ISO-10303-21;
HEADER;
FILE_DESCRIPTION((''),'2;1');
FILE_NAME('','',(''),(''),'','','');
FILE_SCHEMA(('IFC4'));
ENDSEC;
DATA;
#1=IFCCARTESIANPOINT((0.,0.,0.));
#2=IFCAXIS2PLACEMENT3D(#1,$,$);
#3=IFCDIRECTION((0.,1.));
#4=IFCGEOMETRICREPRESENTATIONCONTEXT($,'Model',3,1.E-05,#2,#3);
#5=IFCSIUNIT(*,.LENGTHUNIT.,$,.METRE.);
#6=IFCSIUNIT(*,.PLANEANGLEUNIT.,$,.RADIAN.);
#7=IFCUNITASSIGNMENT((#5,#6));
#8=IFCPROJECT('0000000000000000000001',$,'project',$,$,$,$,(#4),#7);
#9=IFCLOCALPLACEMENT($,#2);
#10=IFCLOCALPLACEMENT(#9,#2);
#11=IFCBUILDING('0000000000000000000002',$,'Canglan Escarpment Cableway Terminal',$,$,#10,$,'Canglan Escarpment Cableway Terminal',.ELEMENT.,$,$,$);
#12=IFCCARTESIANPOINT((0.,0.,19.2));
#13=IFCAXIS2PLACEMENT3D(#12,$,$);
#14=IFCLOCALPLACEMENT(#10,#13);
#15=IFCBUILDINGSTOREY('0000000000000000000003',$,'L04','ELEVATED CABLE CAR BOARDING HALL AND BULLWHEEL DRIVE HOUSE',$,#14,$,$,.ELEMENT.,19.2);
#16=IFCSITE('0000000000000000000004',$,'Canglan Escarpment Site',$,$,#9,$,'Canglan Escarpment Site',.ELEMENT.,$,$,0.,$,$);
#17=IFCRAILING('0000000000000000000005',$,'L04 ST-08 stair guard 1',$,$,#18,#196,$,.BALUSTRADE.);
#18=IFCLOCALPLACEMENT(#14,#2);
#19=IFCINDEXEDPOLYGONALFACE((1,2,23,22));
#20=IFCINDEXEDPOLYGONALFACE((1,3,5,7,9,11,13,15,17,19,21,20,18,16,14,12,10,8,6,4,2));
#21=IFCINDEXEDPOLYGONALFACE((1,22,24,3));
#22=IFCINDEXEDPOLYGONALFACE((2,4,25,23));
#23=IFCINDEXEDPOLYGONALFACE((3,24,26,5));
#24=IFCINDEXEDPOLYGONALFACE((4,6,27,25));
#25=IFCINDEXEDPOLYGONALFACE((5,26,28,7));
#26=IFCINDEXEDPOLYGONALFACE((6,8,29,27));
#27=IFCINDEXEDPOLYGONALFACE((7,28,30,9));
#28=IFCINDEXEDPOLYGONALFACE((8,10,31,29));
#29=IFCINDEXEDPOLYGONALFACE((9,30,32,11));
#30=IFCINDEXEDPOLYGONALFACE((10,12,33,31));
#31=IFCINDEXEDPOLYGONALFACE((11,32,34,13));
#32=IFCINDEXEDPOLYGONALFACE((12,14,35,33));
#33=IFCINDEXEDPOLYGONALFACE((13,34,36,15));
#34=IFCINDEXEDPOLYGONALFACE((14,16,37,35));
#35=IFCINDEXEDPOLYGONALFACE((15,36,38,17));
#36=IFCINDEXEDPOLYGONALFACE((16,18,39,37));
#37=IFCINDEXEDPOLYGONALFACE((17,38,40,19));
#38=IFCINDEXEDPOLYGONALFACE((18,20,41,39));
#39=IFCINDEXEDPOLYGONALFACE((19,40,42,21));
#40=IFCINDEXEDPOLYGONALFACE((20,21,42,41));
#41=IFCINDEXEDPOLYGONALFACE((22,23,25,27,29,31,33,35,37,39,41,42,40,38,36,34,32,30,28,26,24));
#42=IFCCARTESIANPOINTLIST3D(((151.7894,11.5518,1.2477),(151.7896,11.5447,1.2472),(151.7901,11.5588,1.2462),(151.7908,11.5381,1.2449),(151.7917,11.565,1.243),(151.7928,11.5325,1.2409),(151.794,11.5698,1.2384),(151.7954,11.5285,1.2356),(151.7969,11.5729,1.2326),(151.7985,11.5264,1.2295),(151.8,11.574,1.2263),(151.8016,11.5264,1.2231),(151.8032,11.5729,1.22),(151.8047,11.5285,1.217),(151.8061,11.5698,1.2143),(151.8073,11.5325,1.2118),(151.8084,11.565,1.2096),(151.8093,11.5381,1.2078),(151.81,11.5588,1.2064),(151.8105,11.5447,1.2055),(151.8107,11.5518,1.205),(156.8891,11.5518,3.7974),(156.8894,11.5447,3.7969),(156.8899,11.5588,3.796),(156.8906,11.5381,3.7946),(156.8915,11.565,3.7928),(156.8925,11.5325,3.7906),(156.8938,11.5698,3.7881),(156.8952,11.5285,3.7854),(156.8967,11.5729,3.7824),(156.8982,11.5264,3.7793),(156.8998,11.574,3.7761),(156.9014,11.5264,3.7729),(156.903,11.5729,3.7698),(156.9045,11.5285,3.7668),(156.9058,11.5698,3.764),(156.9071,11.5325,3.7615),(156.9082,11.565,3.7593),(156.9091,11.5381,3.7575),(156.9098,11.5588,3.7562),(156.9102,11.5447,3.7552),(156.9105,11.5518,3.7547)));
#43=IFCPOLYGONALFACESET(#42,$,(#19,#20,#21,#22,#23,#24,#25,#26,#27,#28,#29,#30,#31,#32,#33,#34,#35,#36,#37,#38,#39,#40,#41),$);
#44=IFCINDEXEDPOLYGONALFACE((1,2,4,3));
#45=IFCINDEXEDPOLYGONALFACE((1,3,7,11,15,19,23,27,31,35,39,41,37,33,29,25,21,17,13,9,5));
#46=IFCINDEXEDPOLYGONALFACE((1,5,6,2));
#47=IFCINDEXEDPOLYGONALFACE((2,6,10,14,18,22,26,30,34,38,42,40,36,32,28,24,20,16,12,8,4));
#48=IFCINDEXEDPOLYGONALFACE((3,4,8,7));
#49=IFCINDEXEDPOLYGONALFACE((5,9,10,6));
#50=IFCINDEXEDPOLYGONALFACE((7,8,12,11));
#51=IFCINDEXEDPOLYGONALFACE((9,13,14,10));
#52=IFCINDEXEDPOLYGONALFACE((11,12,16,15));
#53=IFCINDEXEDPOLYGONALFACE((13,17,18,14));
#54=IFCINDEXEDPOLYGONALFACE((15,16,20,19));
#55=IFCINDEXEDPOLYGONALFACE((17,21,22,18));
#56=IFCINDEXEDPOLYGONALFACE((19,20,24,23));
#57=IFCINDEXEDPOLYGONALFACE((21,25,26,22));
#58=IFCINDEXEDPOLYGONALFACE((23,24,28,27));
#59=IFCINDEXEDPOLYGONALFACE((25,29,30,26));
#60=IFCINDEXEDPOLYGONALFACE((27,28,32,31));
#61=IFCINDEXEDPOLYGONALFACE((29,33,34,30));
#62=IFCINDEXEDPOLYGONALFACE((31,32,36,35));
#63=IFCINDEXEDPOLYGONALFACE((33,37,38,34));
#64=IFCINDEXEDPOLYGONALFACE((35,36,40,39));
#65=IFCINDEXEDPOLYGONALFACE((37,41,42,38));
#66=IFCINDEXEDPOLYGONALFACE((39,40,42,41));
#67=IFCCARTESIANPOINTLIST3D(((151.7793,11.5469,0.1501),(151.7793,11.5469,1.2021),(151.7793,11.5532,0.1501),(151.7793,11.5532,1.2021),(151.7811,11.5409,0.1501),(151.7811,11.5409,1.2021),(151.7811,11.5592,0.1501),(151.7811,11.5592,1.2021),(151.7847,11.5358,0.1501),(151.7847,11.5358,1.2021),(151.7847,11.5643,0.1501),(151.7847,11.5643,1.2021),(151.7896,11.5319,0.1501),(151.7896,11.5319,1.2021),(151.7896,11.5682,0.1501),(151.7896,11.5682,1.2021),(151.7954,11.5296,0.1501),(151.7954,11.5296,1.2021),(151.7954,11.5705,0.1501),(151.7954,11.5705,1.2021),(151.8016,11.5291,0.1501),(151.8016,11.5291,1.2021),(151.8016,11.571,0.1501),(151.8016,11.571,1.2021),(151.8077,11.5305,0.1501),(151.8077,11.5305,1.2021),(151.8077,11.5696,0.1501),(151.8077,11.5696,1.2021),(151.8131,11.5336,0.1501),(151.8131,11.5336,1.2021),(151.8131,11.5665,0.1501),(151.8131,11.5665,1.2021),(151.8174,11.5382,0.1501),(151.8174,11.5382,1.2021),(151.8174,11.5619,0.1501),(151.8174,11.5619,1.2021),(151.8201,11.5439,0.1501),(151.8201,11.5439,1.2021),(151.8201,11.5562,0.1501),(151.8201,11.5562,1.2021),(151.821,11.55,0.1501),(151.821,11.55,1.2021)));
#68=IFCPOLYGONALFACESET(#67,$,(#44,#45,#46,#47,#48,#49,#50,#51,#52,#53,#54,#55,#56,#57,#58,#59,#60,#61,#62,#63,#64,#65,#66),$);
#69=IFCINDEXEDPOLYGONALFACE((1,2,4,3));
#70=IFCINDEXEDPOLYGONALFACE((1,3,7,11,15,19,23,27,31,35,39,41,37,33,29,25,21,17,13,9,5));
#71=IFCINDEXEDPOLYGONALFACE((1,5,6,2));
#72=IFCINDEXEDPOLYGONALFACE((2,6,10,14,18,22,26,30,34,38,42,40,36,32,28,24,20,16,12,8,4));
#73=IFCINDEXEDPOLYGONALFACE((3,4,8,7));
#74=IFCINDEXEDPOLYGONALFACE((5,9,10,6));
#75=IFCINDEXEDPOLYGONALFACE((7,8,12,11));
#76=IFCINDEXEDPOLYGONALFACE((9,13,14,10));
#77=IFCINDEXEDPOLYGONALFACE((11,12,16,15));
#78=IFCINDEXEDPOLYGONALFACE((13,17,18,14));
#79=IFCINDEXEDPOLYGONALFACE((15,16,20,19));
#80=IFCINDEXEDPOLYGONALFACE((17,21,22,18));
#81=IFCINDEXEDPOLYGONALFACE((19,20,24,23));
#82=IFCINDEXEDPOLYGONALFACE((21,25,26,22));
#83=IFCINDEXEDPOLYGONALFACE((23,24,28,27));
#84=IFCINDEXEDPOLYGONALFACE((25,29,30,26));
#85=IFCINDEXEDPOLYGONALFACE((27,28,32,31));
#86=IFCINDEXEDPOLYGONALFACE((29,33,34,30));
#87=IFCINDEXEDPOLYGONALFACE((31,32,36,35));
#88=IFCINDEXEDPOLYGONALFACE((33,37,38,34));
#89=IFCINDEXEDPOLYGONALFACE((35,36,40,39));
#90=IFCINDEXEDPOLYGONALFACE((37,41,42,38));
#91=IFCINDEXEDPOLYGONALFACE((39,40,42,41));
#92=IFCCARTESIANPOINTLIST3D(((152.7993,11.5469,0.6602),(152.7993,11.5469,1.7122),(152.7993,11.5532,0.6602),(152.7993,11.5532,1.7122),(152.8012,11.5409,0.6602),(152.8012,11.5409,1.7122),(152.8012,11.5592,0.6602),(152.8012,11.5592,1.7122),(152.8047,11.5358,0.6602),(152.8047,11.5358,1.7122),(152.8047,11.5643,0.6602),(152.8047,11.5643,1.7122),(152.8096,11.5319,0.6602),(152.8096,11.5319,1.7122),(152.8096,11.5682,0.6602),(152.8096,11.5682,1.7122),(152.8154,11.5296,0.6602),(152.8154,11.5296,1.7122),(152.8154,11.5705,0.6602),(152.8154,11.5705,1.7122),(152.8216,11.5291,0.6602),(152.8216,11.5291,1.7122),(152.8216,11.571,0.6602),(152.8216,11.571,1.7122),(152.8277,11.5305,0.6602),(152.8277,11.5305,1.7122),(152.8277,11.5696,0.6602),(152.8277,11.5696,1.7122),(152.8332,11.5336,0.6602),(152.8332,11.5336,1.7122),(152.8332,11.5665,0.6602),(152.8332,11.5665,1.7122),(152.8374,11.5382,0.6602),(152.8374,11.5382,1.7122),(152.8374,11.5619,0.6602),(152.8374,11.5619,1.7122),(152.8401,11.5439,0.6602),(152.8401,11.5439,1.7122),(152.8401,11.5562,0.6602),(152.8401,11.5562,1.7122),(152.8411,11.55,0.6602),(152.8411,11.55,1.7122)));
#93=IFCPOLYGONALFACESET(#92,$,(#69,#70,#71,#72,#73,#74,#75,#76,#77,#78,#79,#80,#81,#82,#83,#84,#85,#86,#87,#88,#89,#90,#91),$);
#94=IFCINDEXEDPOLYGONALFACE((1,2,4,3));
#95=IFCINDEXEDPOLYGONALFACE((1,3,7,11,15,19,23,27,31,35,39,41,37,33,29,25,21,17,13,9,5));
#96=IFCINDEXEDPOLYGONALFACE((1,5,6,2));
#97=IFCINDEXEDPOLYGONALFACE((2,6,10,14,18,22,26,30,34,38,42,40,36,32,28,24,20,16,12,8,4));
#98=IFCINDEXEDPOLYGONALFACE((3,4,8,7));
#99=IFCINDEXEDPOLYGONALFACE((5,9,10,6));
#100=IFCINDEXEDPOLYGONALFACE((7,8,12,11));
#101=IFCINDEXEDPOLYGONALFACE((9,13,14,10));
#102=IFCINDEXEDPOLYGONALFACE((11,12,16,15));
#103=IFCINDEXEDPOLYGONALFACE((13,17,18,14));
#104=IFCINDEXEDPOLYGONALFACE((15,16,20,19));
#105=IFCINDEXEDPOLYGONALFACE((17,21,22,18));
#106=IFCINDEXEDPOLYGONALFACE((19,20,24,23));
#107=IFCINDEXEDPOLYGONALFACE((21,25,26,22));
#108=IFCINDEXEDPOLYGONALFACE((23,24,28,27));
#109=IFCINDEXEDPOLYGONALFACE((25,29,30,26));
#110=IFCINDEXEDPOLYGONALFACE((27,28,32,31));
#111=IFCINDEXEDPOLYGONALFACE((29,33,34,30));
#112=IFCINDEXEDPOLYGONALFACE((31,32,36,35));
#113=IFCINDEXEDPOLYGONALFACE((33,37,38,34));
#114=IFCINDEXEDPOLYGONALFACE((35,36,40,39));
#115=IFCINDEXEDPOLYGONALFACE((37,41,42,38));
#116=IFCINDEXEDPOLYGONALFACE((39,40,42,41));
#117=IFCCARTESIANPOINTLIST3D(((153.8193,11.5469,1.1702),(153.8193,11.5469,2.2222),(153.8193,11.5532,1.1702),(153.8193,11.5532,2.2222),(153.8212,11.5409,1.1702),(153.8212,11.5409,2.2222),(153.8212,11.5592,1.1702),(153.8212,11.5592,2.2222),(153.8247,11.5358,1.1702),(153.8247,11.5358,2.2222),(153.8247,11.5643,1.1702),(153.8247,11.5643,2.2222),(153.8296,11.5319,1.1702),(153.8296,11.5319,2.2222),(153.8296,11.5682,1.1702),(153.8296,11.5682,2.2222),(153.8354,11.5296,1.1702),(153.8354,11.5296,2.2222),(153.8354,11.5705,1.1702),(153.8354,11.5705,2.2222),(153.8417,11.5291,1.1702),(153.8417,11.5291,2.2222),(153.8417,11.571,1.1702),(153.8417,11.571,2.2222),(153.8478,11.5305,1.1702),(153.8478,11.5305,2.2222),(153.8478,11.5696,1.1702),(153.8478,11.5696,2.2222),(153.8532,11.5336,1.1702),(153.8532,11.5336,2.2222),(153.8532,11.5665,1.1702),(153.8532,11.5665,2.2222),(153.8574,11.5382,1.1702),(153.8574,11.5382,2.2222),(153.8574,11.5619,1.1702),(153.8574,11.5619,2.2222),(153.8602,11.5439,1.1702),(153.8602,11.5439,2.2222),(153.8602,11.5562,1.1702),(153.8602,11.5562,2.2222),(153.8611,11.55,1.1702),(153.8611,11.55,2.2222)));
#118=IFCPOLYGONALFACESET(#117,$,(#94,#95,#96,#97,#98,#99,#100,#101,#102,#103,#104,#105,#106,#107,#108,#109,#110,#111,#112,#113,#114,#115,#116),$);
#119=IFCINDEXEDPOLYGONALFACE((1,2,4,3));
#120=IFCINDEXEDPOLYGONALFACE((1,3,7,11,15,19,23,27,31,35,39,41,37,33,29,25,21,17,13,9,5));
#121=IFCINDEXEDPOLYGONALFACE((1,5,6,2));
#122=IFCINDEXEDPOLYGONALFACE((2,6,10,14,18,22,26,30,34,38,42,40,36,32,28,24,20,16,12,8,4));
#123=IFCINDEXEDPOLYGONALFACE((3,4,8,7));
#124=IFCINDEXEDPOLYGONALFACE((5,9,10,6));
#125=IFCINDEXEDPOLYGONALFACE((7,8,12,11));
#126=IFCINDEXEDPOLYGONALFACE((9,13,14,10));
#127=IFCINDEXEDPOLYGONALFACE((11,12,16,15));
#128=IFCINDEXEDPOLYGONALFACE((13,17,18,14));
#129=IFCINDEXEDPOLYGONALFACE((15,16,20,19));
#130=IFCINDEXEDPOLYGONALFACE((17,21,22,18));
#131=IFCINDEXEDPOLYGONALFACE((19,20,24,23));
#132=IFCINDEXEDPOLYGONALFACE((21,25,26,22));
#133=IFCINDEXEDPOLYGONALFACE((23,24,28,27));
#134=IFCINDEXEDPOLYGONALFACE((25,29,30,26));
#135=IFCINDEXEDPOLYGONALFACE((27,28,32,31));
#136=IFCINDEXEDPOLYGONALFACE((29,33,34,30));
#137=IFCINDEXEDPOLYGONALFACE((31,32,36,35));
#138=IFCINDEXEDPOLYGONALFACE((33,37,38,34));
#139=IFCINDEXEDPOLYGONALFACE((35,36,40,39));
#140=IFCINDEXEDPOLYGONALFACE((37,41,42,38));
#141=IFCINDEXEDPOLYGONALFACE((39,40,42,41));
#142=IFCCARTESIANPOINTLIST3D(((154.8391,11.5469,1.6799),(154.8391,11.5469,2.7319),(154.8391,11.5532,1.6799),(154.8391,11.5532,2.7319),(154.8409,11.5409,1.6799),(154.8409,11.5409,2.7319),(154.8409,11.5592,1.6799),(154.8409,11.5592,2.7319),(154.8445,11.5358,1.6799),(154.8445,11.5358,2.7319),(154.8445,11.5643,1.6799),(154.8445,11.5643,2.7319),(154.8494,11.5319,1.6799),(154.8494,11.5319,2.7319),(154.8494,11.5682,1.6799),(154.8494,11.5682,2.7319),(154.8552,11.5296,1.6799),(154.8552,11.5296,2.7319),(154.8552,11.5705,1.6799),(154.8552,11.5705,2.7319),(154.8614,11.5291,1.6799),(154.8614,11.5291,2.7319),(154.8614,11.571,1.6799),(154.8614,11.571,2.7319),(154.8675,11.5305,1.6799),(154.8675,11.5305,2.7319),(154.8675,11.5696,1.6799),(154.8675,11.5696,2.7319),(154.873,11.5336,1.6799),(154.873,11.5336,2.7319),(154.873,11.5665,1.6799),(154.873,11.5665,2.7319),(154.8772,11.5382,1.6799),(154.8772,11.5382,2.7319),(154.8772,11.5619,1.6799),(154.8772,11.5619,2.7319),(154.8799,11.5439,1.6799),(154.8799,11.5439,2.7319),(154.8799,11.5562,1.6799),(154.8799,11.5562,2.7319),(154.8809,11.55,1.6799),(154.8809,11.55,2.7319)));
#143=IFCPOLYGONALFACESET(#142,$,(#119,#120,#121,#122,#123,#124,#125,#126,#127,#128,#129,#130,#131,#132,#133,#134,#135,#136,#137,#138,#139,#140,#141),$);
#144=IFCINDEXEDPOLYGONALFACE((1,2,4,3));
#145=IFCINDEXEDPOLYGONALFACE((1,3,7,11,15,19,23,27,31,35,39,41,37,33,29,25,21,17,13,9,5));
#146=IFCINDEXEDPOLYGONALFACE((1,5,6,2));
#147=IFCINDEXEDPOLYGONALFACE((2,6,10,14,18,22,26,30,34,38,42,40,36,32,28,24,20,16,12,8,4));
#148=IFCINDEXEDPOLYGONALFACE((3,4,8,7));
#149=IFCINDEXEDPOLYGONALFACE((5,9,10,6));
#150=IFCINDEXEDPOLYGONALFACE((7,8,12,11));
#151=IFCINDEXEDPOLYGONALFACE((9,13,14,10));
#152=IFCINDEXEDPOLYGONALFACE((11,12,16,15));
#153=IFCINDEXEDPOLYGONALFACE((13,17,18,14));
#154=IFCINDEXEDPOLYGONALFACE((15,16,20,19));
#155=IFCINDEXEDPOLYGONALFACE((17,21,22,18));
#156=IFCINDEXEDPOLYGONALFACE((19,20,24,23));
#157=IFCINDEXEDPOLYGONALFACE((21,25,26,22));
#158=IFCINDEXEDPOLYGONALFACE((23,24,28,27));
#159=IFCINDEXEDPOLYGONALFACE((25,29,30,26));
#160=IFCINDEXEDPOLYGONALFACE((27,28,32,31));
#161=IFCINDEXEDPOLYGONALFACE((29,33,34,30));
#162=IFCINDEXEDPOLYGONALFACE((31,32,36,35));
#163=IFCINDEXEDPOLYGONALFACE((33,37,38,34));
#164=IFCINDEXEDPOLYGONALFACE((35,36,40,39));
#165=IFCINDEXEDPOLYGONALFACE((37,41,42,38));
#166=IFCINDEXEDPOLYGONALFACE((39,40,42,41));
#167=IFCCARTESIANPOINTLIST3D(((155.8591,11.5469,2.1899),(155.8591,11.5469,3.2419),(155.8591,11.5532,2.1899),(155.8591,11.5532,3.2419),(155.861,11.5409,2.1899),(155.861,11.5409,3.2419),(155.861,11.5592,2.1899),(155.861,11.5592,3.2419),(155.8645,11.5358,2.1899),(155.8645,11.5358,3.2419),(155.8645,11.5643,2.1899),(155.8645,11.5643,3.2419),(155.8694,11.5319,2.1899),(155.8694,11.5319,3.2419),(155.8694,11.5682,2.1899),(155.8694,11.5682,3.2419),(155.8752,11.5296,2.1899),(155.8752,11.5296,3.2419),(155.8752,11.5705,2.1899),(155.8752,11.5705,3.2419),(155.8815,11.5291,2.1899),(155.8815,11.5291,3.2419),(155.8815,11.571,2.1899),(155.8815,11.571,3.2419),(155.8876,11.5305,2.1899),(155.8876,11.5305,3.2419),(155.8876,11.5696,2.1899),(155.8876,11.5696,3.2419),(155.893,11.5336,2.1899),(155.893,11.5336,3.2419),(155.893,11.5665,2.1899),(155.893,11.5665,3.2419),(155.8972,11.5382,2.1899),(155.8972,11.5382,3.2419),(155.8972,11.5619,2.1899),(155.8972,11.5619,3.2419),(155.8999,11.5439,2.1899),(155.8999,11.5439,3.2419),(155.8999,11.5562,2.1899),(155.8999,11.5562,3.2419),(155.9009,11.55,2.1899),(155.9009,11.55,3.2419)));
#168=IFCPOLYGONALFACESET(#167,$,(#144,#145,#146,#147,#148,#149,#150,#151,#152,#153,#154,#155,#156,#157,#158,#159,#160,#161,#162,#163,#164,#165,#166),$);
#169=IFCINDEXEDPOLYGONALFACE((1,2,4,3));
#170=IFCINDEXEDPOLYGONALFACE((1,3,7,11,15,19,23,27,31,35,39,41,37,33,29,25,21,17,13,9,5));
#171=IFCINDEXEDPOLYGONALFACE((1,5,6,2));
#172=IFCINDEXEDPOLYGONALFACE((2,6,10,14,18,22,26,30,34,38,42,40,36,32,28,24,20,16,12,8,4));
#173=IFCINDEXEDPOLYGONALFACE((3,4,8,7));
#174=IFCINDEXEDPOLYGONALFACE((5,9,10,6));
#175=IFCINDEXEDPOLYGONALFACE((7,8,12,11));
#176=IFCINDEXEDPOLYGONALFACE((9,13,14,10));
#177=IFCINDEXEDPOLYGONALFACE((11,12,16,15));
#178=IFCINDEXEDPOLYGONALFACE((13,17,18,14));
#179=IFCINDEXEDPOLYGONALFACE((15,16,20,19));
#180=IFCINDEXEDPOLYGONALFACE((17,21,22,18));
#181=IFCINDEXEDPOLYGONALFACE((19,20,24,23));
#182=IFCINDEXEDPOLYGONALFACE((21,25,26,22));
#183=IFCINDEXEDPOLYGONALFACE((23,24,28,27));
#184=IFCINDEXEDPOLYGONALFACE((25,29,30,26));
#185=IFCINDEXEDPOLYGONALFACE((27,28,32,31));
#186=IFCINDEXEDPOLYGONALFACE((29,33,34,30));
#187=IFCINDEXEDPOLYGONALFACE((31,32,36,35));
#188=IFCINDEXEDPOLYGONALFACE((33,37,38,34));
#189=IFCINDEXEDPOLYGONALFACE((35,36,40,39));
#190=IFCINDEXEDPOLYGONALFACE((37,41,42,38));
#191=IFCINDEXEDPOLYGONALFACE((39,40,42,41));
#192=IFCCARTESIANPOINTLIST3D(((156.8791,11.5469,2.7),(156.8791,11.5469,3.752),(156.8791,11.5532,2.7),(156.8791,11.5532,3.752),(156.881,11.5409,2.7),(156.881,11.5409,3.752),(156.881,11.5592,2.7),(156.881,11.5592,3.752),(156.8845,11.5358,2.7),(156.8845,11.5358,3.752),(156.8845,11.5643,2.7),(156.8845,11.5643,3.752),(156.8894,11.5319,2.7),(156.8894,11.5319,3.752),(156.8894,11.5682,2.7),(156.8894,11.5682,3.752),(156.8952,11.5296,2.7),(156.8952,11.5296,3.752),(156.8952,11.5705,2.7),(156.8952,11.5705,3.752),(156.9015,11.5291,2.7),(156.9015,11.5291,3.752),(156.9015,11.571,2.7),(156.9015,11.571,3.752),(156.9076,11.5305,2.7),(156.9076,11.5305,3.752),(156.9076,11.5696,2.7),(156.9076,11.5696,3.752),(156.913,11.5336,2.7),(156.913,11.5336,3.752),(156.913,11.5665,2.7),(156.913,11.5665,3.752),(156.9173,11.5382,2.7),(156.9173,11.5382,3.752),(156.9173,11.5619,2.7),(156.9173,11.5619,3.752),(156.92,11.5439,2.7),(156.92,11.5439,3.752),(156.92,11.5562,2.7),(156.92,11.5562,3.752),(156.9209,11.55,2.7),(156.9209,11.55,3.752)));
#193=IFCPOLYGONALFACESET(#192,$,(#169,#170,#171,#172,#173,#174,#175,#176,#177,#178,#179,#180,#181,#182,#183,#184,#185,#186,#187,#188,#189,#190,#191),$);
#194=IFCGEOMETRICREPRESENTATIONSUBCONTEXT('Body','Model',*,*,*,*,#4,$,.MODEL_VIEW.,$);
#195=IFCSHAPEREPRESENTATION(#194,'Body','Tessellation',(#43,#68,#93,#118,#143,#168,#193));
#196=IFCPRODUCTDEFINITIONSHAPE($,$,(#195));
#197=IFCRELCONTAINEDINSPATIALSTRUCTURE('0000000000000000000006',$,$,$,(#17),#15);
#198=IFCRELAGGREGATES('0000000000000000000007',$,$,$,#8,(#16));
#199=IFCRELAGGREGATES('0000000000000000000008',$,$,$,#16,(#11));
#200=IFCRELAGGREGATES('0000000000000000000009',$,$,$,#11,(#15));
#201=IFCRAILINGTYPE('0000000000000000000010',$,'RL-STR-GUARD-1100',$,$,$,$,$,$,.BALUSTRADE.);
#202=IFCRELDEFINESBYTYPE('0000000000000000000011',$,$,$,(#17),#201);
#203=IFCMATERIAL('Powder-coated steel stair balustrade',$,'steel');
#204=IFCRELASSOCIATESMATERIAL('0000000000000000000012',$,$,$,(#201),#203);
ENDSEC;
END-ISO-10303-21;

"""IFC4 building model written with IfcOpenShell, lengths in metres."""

from ifc_helpers import new_model, si_unit, direction, frame, origin, origin_2d, place, context, subcontext, project, spatial, circle, extrude, material, type_object, element, save


model = new_model("IFC4")

# Units and contexts
model_context = context("Model", 3, precision=1e-05, world=origin(), true_north=direction((0.0, 1.0)))
body_context = subcontext(model_context, "Body", "Model", "MODEL_VIEW")
ifc_project = project(units=[si_unit("LENGTHUNIT", "METRE"), si_unit("PLANEANGLEUNIT", "RADIAN")], contexts=[model_context])

# Site, building, storey
site_placement = place(None, origin())
site = spatial("IfcSite", under=ifc_project, at=site_placement, Name="Canglan Escarpment Site", LongName="Canglan Escarpment Site", CompositionType="ELEMENT", RefElevation=0.0)
building_placement = place(site_placement, origin())
building = spatial("IfcBuilding", under=site, at=building_placement, Name="Canglan Escarpment Cableway Terminal", LongName="Canglan Escarpment Cableway Terminal", CompositionType="ELEMENT")
storey_placement = place(building_placement, frame((0.0, 0.0, 19.2)))
storey = spatial("IfcBuildingStorey", under=building, at=storey_placement, Name="L04", Description="ELEVATED CABLE CAR BOARDING HALL AND BULLWHEEL DRIVE HOUSE", CompositionType="ELEMENT", Elevation=19.2)

# Railing
ifc_material_1 = material(Name="Powder-coated steel stair balustrade", Category="steel")
railing_type_1 = type_object("IfcRailingType", Name="RL-STR-GUARD-1100", PredefinedType="BALUSTRADE", material=ifc_material_1)
railing_1_placement = place(storey_placement, frame((151.8, 11.55, 0.1501)))
element("IfcRailing", 1, at=railing_1_placement, inside=storey, type_object=railing_type_1, Name="L04 ST-08 stair guard 1", PredefinedType="BALUSTRADE", context=body_context, shape_type="SweptSolid", body=[
    extrude(circle(Radius=0.0239, at=origin_2d()), frame((0.0, 0.0, 1.0762), z_axis=(0.894436, 0.0, 0.447196), x_axis=(0.0, 1.0, 0.0)), (0.0, 0.0, 1.0), 5.7017),
    extrude(circle(Radius=0.021, at=origin_2d()), origin(), (0.0, 0.0, 1.0), 1.052),
    extrude(circle(Radius=0.021, at=origin_2d()), frame((1.02, 0.0, 0.51)), (0.0, 0.0, 1.0), 1.052),
    extrude(circle(Radius=0.021, at=origin_2d()), frame((2.04, 0.0, 1.02)), (0.0, 0.0, 1.0), 1.052),
    extrude(circle(Radius=0.021, at=origin_2d()), frame((3.0598, 0.0, 1.5298)), (0.0, 0.0, 1.0), 1.052),
    extrude(circle(Radius=0.021, at=origin_2d()), frame((4.0798, 0.0, 2.0398)), (0.0, 0.0, 1.0), 1.052),
    extrude(circle(Radius=0.021, at=origin_2d()), frame((5.0999, 0.0, 2.5498)), (0.0, 0.0, 1.0), 1.052),
])

save(model, "model.ifc")
